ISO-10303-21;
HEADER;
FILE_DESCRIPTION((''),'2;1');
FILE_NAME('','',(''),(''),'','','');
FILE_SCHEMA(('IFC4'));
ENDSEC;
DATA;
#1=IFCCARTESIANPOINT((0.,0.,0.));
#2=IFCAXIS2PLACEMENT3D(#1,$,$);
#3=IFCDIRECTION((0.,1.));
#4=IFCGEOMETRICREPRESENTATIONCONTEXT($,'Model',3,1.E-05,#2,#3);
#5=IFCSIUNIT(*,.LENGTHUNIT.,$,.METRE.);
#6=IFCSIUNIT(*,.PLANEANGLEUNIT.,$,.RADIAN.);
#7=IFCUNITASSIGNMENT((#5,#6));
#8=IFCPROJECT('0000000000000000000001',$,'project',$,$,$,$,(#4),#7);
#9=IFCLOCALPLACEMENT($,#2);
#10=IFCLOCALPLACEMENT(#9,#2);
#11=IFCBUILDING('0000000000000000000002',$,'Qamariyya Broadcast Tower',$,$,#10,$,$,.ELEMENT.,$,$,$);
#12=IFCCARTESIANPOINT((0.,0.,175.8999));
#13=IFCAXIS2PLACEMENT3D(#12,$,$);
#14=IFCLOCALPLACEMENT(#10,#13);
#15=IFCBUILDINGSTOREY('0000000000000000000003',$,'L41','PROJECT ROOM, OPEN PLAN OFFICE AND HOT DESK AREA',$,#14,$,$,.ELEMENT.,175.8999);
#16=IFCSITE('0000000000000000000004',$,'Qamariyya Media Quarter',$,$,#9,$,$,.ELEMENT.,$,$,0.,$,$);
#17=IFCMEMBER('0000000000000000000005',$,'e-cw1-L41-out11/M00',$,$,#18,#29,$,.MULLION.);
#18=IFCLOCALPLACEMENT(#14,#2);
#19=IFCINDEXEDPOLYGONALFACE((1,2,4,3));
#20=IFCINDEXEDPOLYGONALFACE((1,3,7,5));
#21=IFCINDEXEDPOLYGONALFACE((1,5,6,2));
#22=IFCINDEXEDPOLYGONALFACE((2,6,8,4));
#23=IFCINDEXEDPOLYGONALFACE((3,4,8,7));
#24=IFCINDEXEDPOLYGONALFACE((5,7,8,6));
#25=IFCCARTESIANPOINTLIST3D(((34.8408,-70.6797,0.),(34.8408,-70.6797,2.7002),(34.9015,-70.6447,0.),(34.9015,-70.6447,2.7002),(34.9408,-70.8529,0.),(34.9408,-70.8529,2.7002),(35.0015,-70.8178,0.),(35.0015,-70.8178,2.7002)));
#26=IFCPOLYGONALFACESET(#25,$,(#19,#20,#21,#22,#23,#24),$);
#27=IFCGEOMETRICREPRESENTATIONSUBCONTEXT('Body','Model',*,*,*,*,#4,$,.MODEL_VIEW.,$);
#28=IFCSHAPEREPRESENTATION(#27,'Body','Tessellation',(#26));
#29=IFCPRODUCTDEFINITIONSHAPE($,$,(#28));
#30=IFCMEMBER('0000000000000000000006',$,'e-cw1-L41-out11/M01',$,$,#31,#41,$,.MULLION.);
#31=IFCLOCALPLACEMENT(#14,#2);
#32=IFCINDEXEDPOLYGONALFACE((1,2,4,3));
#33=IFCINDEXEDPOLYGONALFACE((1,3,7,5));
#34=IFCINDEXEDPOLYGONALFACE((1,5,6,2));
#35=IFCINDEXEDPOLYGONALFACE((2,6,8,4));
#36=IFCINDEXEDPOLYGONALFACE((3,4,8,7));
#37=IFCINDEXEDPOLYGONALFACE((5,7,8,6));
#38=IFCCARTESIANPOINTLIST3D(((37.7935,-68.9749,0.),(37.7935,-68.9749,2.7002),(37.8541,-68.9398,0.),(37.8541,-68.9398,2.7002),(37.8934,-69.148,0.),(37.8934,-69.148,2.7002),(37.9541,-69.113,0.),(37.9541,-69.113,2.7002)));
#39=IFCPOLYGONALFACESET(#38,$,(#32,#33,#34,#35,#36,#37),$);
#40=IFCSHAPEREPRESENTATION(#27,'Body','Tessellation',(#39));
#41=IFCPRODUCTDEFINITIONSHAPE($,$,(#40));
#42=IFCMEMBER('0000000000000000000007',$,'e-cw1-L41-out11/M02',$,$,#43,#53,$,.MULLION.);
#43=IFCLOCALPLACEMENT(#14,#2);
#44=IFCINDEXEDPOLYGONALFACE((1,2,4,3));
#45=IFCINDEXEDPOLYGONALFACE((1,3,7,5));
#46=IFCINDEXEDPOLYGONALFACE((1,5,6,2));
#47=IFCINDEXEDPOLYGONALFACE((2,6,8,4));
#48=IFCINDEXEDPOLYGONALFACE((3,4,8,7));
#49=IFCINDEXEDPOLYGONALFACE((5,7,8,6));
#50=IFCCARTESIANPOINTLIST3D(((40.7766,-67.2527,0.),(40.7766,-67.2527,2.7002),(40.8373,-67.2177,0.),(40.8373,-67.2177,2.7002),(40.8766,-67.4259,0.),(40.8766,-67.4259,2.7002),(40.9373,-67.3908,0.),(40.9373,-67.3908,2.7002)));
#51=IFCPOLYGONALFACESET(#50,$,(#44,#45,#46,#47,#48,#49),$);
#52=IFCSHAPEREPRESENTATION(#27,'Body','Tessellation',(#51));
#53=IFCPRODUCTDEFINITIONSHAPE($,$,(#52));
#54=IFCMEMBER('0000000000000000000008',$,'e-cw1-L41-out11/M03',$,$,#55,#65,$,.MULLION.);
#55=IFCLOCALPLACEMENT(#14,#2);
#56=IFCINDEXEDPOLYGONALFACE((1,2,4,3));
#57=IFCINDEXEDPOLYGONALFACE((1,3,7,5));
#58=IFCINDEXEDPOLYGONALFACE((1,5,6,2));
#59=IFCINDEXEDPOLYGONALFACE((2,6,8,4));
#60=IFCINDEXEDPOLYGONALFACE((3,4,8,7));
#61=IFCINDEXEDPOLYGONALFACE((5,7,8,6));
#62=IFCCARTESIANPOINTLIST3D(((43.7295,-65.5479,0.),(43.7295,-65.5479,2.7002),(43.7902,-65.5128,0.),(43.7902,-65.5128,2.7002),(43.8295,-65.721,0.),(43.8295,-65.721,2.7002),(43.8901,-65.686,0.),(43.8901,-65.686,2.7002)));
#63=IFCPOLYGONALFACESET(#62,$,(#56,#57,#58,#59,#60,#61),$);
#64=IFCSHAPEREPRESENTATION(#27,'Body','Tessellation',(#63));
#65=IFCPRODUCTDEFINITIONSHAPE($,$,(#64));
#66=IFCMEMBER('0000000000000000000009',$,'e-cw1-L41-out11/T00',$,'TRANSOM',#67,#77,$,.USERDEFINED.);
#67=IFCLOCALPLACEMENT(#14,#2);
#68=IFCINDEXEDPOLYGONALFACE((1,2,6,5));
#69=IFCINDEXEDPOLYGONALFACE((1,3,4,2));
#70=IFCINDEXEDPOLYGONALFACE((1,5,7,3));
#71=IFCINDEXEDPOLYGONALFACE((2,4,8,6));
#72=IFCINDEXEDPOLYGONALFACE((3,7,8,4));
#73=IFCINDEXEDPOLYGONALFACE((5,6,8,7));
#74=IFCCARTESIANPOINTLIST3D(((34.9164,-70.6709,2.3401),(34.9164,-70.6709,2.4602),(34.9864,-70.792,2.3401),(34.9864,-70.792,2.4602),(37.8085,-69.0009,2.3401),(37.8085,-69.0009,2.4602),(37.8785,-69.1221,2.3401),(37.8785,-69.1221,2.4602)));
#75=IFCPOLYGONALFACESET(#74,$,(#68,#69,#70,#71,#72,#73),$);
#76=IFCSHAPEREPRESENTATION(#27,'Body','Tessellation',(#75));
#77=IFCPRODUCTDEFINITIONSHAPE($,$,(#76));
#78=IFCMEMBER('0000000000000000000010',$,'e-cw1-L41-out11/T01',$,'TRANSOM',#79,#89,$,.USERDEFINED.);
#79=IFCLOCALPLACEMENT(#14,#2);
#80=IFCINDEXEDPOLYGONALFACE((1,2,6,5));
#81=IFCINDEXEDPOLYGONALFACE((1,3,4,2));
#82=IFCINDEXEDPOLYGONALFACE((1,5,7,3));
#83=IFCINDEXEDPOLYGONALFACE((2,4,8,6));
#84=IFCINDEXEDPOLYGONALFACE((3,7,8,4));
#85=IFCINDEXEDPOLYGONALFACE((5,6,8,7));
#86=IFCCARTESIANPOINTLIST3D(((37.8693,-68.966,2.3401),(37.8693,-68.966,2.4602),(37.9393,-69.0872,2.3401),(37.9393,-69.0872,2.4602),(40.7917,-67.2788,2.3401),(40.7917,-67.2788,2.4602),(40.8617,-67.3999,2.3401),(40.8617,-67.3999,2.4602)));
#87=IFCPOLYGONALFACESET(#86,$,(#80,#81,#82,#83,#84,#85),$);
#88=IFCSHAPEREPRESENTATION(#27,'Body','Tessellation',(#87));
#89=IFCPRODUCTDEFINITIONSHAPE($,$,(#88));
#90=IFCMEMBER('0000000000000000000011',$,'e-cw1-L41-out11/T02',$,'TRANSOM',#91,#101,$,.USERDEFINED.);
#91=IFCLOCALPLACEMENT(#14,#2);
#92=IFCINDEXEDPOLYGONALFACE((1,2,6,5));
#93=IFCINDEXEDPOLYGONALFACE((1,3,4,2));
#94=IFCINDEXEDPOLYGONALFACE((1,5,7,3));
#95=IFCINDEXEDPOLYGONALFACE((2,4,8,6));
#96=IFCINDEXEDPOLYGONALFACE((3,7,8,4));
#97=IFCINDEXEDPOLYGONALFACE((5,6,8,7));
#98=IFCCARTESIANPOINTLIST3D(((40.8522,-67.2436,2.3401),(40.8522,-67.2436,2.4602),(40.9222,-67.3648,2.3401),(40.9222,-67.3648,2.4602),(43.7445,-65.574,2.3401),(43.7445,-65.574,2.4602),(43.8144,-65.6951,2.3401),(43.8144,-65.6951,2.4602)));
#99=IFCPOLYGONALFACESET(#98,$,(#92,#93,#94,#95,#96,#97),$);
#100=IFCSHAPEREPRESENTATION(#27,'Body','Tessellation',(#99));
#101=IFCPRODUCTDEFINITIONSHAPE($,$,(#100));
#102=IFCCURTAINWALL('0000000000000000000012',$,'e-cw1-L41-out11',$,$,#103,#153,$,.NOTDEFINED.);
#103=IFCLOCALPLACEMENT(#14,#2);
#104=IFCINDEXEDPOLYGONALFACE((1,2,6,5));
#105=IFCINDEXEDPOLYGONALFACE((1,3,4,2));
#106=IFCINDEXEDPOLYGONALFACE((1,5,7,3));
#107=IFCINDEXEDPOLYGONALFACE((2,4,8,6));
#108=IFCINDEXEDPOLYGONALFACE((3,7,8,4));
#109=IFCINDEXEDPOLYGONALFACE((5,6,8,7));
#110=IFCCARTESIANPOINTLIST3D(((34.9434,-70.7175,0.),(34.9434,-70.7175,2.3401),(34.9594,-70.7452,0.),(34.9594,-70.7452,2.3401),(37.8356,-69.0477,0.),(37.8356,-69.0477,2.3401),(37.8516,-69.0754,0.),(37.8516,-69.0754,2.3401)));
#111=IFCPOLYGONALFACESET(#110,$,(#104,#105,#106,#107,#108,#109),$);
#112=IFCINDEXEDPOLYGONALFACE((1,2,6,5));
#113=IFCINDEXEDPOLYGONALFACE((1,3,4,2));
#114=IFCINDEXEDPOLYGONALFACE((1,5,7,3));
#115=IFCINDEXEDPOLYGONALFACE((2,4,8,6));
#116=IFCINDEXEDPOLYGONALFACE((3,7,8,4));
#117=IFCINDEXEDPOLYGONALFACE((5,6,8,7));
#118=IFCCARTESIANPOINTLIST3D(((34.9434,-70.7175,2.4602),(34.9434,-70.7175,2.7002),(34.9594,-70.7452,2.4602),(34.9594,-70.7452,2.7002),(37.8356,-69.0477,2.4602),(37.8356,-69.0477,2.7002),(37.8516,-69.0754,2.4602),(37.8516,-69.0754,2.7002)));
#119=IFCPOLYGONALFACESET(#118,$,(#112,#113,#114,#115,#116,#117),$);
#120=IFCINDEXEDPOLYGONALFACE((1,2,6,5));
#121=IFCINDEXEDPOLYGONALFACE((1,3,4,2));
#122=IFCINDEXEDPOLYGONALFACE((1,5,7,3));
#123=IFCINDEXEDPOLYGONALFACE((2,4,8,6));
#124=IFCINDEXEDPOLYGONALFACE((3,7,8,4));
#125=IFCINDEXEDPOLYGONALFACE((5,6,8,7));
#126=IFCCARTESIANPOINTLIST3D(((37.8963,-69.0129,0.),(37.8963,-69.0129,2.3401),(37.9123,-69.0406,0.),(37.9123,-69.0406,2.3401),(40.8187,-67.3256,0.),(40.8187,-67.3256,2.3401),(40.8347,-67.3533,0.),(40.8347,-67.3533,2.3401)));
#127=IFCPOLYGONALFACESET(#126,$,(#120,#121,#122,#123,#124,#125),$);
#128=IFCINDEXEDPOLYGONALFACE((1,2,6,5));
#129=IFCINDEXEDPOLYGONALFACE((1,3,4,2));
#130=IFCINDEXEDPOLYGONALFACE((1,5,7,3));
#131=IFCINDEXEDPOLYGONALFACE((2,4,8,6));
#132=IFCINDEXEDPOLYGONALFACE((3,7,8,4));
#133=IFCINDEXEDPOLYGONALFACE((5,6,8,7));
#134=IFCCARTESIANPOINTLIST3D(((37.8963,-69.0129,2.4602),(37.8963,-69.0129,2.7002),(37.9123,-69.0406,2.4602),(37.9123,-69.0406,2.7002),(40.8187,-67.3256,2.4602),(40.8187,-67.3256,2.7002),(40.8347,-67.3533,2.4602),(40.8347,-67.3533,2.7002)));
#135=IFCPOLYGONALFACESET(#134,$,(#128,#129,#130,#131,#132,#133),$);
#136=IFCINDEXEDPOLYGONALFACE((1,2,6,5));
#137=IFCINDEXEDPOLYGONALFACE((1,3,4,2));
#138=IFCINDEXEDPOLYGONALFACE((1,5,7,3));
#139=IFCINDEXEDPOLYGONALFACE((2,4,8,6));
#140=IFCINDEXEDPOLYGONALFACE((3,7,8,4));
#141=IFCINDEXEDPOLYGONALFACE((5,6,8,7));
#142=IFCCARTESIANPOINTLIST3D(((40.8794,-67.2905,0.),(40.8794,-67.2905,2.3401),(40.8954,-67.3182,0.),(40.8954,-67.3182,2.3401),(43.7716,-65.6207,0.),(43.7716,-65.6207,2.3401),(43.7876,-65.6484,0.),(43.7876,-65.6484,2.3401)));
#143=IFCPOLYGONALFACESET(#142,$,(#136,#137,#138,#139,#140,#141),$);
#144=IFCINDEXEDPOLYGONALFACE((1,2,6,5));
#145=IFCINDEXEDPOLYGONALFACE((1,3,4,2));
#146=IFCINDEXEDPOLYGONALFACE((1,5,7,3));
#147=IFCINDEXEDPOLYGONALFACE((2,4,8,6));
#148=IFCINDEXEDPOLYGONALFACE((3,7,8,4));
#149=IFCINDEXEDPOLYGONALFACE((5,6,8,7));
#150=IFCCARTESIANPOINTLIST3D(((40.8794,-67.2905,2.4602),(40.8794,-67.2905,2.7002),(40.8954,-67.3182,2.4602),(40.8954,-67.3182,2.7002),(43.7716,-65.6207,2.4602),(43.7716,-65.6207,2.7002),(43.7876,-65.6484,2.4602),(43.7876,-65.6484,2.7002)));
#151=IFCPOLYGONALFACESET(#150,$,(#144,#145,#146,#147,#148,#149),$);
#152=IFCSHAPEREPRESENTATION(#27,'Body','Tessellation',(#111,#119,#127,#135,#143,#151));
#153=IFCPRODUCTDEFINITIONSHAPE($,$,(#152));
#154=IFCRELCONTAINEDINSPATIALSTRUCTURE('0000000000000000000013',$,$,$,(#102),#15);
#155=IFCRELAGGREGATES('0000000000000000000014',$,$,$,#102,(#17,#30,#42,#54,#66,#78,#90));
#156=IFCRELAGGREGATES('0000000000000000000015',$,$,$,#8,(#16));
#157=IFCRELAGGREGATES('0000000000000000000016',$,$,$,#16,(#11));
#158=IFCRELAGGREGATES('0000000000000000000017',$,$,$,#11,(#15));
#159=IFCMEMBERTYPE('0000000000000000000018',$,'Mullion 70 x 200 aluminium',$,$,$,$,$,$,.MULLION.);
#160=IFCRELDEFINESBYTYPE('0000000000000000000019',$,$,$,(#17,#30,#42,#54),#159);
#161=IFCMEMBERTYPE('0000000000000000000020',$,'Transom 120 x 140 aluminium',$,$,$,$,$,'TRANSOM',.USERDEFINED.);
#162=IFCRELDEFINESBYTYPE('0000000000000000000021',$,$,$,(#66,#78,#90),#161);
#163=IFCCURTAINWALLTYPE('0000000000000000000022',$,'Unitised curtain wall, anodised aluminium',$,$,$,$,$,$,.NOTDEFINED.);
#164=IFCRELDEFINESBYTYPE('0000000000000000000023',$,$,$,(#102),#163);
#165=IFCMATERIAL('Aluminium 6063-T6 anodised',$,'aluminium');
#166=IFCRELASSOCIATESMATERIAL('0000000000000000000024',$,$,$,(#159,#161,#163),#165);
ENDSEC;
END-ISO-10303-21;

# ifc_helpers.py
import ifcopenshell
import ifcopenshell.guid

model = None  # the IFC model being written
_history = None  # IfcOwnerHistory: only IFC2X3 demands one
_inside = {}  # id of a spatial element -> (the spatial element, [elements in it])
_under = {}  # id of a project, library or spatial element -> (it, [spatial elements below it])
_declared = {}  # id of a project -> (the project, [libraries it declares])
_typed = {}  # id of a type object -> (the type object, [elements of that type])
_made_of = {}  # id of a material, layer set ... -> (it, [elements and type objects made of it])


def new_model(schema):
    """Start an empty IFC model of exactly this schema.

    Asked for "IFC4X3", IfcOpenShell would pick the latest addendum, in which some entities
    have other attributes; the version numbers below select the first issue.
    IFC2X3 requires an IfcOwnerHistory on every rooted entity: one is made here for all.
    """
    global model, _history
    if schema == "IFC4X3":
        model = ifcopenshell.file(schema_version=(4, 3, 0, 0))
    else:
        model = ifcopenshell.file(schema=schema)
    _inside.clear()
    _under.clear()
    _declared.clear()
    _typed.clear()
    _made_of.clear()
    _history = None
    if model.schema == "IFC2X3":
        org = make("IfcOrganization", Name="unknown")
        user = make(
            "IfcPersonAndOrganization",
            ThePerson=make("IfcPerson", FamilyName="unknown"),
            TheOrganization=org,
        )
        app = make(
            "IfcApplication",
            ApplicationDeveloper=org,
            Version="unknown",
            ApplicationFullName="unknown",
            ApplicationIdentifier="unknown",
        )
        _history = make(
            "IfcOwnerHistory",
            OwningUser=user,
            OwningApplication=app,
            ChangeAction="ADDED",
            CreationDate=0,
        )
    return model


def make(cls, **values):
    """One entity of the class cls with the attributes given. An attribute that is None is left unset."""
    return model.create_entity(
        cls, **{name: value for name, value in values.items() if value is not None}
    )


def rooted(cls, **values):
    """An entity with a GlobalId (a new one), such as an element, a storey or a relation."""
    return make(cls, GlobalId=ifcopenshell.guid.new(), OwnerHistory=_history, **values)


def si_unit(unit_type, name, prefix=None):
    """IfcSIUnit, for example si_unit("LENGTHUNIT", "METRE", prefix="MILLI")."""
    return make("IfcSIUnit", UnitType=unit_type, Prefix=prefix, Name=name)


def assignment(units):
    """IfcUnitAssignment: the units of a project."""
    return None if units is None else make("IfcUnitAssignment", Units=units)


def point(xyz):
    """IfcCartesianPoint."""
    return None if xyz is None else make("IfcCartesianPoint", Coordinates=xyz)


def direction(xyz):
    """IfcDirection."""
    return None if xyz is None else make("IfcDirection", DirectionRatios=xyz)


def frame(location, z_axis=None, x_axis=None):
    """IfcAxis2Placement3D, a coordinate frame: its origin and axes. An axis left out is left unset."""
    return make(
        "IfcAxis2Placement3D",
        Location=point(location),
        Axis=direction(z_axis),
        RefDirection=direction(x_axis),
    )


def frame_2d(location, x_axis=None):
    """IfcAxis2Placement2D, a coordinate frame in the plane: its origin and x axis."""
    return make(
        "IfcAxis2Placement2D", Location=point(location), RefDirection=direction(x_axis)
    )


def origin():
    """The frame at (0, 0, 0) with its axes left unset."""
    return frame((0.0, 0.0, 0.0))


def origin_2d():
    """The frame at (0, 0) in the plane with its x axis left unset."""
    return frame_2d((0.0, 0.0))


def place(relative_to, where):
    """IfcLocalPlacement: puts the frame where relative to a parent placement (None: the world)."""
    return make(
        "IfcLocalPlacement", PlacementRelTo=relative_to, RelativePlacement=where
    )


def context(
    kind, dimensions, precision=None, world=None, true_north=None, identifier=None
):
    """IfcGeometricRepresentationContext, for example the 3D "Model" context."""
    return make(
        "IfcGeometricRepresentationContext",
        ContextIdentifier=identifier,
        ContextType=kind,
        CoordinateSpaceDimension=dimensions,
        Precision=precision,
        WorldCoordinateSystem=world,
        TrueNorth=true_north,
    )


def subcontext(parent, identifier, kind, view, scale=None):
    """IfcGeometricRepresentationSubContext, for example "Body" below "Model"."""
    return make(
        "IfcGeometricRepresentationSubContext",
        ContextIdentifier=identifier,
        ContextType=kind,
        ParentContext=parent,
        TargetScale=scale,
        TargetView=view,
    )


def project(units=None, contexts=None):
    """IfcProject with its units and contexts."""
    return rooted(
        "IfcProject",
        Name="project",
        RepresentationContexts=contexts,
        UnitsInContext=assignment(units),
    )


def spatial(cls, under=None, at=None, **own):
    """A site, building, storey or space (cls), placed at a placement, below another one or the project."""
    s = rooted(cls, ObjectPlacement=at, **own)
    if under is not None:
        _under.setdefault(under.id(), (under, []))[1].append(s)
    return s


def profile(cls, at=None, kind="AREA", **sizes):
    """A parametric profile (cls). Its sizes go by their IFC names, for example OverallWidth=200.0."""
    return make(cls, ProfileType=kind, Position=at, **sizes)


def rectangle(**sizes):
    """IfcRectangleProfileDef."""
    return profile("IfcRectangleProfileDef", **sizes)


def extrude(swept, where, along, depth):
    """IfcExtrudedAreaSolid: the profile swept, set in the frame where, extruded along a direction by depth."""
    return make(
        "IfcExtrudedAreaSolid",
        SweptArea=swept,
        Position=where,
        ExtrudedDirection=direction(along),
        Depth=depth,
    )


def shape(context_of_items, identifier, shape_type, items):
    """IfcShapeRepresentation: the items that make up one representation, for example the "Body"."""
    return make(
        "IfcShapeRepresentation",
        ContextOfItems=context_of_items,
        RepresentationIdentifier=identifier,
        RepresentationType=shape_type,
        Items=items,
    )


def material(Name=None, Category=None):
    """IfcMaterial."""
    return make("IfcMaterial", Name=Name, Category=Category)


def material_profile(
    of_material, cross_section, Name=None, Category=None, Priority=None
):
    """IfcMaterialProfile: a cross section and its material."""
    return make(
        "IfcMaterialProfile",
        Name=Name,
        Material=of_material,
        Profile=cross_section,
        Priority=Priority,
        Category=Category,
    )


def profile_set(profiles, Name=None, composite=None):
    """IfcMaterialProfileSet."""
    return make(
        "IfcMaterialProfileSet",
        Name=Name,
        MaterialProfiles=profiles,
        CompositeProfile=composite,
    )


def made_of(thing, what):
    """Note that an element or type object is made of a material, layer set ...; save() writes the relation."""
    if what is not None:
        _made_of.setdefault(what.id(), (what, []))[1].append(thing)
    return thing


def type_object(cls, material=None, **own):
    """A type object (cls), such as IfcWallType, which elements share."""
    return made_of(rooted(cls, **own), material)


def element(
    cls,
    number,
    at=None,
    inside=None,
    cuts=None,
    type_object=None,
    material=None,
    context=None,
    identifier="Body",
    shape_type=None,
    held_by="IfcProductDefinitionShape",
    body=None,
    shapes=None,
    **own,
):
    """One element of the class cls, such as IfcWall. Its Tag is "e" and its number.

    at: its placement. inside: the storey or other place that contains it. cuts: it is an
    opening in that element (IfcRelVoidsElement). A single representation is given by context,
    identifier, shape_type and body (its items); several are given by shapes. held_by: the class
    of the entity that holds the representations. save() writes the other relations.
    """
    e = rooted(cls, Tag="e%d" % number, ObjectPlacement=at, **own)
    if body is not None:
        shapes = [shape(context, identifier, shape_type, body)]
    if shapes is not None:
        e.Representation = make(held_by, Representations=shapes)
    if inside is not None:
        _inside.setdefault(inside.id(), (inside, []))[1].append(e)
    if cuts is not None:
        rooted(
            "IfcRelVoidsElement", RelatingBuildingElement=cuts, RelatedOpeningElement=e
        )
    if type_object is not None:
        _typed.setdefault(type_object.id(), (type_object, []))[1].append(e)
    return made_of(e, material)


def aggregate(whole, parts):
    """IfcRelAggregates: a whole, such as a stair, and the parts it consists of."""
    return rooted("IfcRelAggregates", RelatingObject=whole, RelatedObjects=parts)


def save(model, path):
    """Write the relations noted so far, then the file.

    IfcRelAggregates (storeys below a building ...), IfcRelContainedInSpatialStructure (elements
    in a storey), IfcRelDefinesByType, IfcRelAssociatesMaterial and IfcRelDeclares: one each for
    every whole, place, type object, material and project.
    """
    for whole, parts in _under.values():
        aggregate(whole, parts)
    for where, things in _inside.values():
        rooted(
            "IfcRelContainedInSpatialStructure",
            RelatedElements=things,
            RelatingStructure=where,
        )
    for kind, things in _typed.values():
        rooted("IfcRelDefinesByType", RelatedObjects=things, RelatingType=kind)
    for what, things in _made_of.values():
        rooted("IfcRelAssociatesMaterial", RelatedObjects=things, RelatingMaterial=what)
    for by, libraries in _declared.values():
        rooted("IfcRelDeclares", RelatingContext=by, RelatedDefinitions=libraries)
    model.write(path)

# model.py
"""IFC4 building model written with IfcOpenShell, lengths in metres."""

from ifc_helpers import new_model, si_unit, direction, frame, origin, origin_2d, place, context, subcontext, project, spatial, rectangle, extrude, material, material_profile, profile_set, type_object, element, aggregate, save


model = new_model("IFC4")

# Units and contexts
model_context = context("Model", 3, precision=1e-05, world=origin(), true_north=direction((0.0, 1.0)))
body_context = subcontext(model_context, "Body", "Model", "MODEL_VIEW")
ifc_project = project(units=[si_unit("LENGTHUNIT", "METRE"), si_unit("PLANEANGLEUNIT", "RADIAN")], contexts=[model_context])

# Members
ifc_material = material(Name="Aluminium 6063-T6 anodised", Category="aluminium")
ifc_material_profile_1 = material_profile(ifc_material, rectangle(XDim=0.2, YDim=0.0701, at=origin_2d()))
ifc_profile_set_1 = profile_set([ifc_material_profile_1], Name="Aluminium 6063-T6 anodised")
member_type_1 = type_object("IfcMemberType", Name="Mullion 70 x 200 aluminium", PredefinedType="MULLION", material=ifc_profile_set_1)
site_placement = place(None, origin())
building_placement = place(site_placement, origin())
storey_placement = place(building_placement, frame((0.0, 0.0, 175.8999)))
member_1_placement = place(storey_placement, frame((34.9211, -70.7488, 0.0), z_axis=(0.0, 0.0, 1.0), x_axis=(-0.5, 0.866025, 0.0)))
member_1 = element("IfcMember", 1, at=member_1_placement, type_object=member_type_1, Name="e-cw1-L41-out11/M00", PredefinedType="MULLION", context=body_context, shape_type="SweptSolid", body=[
    extrude(rectangle(XDim=0.2, YDim=0.0701, at=origin_2d()), origin(), (0.0, 0.0, 1.0), 2.7002),
])
member_2_placement = place(storey_placement, frame((37.8738, -69.0439, 0.0), z_axis=(0.0, 0.0, 1.0), x_axis=(-0.5, 0.866025, 0.0)))
member_2 = element("IfcMember", 2, at=member_2_placement, type_object=member_type_1, Name="e-cw1-L41-out11/M01", PredefinedType="MULLION", context=body_context, shape_type="SweptSolid", body=[
    extrude(rectangle(XDim=0.2, YDim=0.0701, at=origin_2d()), origin(), (0.0, 0.0, 1.0), 2.7002),
])
member_3_placement = place(storey_placement, frame((40.8569, -67.3218, 0.0), z_axis=(0.0, 0.0, 1.0), x_axis=(-0.5, 0.866025, 0.0)))
member_3 = element("IfcMember", 3, at=member_3_placement, type_object=member_type_1, Name="e-cw1-L41-out11/M02", PredefinedType="MULLION", context=body_context, shape_type="SweptSolid", body=[
    extrude(rectangle(XDim=0.2, YDim=0.0701, at=origin_2d()), origin(), (0.0, 0.0, 1.0), 2.7002),
])
member_4_placement = place(storey_placement, frame((43.8098, -65.6169, 0.0), z_axis=(0.0, 0.0, 1.0), x_axis=(-0.5, 0.866025, 0.0)))
member_4 = element("IfcMember", 4, at=member_4_placement, type_object=member_type_1, Name="e-cw1-L41-out11/M03", PredefinedType="MULLION", context=body_context, shape_type="SweptSolid", body=[
    extrude(rectangle(XDim=0.2, YDim=0.0701, at=origin_2d()), origin(), (0.0, 0.0, 1.0), 2.7002),
])
ifc_material_profile_2 = material_profile(ifc_material, rectangle(XDim=0.1399, YDim=0.1201, at=origin_2d()))
ifc_profile_set_2 = profile_set([ifc_material_profile_2], Name="Aluminium 6063-T6 anodised")
member_type_2 = type_object("IfcMemberType", Name="Transom 120 x 140 aluminium", ElementType="TRANSOM", PredefinedType="USERDEFINED", material=ifc_profile_set_2)
member_5_placement = place(storey_placement, frame((34.9514, -70.7314, 2.4001), z_axis=(0.866003, 0.500039, 0.0), x_axis=(-0.500039, 0.866003, 0.0)))
member_5 = element("IfcMember", 5, at=member_5_placement, type_object=member_type_2, Name="e-cw1-L41-out11/T00", ObjectType="TRANSOM", PredefinedType="USERDEFINED", context=body_context, shape_type="SweptSolid", body=[
    extrude(rectangle(XDim=0.1399, YDim=0.1201, at=origin_2d()), origin(), (0.0, 0.0, 1.0), 3.3396),
])
member_6_placement = place(storey_placement, frame((37.9043, -69.0266, 2.4001), z_axis=(0.866022, 0.500006, 0.0), x_axis=(-0.500006, 0.866022, 0.0)))
member_6 = element("IfcMember", 6, at=member_6_placement, type_object=member_type_2, Name="e-cw1-L41-out11/T01", ObjectType="TRANSOM", PredefinedType="USERDEFINED", context=body_context, shape_type="SweptSolid", body=[
    extrude(rectangle(XDim=0.1399, YDim=0.1201, at=origin_2d()), origin(), (0.0, 0.0, 1.0), 3.3745),
])
member_7_placement = place(storey_placement, frame((40.8872, -67.3042, 2.4001), z_axis=(0.866053, 0.499952, 0.0), x_axis=(-0.499952, 0.866053, 0.0)))
member_7 = element("IfcMember", 7, at=member_7_placement, type_object=member_type_2, Name="e-cw1-L41-out11/T02", ObjectType="TRANSOM", PredefinedType="USERDEFINED", context=body_context, shape_type="SweptSolid", body=[
    extrude(rectangle(XDim=0.1399, YDim=0.1201, at=origin_2d()), origin(), (0.0, 0.0, 1.0), 3.3396),
])

# Site, building, storey
site = spatial("IfcSite", under=ifc_project, at=site_placement, Name="Qamariyya Media Quarter", CompositionType="ELEMENT", RefElevation=0.0)
building = spatial("IfcBuilding", under=site, at=building_placement, Name="Qamariyya Broadcast Tower", CompositionType="ELEMENT")
storey = spatial("IfcBuildingStorey", under=building, at=storey_placement, Name="L41", Description="PROJECT ROOM, OPEN PLAN OFFICE AND HOT DESK AREA", CompositionType="ELEMENT", Elevation=175.8999)

# Curtain wall
curtain_wall_type = type_object("IfcCurtainWallType", Name="Unitised curtain wall, anodised aluminium", PredefinedType="NOTDEFINED", material=ifc_material)
curtain_wall_1_placement = place(storey_placement, origin())
curtain_wall_1 = element("IfcCurtainWall", 8, at=curtain_wall_1_placement, inside=storey, type_object=curtain_wall_type, Name="e-cw1-L41-out11", PredefinedType="NOTDEFINED", context=body_context, shape_type="SweptSolid", body=[
    extrude(rectangle(XDim=3.3396, YDim=0.032, at=origin_2d()), frame((36.3975, -69.8965, 0.0), x_axis=(0.866029, 0.499994, 0.0)), (0.0, 0.0, 1.0), 2.3401),
    extrude(rectangle(XDim=3.3396, YDim=0.032, at=origin_2d()), frame((36.3975, -69.8965, 2.4602), x_axis=(0.866029, 0.499994, 0.0)), (0.0, 0.0, 1.0), 0.24),
    extrude(rectangle(XDim=3.3745, YDim=0.032, at=origin_2d()), frame((39.3655, -68.1831, 0.0), x_axis=(0.866029, 0.499994, 0.0)), (0.0, 0.0, 1.0), 2.3401),
    extrude(rectangle(XDim=3.3745, YDim=0.032, at=origin_2d()), frame((39.3655, -68.1831, 2.4602), x_axis=(0.866029, 0.499994, 0.0)), (0.0, 0.0, 1.0), 0.24),
    extrude(rectangle(XDim=3.3396, YDim=0.032, at=origin_2d()), frame((42.3335, -66.4695, 0.0), x_axis=(0.866029, 0.499994, 0.0)), (0.0, 0.0, 1.0), 2.3401),
    extrude(rectangle(XDim=3.3396, YDim=0.032, at=origin_2d()), frame((42.3335, -66.4695, 2.4602), x_axis=(0.866029, 0.499994, 0.0)), (0.0, 0.0, 1.0), 0.24),
])
aggregate(curtain_wall_1, [member_1, member_2, member_3, member_4, member_5, member_6, member_7])

save(model, "model.ifc")
